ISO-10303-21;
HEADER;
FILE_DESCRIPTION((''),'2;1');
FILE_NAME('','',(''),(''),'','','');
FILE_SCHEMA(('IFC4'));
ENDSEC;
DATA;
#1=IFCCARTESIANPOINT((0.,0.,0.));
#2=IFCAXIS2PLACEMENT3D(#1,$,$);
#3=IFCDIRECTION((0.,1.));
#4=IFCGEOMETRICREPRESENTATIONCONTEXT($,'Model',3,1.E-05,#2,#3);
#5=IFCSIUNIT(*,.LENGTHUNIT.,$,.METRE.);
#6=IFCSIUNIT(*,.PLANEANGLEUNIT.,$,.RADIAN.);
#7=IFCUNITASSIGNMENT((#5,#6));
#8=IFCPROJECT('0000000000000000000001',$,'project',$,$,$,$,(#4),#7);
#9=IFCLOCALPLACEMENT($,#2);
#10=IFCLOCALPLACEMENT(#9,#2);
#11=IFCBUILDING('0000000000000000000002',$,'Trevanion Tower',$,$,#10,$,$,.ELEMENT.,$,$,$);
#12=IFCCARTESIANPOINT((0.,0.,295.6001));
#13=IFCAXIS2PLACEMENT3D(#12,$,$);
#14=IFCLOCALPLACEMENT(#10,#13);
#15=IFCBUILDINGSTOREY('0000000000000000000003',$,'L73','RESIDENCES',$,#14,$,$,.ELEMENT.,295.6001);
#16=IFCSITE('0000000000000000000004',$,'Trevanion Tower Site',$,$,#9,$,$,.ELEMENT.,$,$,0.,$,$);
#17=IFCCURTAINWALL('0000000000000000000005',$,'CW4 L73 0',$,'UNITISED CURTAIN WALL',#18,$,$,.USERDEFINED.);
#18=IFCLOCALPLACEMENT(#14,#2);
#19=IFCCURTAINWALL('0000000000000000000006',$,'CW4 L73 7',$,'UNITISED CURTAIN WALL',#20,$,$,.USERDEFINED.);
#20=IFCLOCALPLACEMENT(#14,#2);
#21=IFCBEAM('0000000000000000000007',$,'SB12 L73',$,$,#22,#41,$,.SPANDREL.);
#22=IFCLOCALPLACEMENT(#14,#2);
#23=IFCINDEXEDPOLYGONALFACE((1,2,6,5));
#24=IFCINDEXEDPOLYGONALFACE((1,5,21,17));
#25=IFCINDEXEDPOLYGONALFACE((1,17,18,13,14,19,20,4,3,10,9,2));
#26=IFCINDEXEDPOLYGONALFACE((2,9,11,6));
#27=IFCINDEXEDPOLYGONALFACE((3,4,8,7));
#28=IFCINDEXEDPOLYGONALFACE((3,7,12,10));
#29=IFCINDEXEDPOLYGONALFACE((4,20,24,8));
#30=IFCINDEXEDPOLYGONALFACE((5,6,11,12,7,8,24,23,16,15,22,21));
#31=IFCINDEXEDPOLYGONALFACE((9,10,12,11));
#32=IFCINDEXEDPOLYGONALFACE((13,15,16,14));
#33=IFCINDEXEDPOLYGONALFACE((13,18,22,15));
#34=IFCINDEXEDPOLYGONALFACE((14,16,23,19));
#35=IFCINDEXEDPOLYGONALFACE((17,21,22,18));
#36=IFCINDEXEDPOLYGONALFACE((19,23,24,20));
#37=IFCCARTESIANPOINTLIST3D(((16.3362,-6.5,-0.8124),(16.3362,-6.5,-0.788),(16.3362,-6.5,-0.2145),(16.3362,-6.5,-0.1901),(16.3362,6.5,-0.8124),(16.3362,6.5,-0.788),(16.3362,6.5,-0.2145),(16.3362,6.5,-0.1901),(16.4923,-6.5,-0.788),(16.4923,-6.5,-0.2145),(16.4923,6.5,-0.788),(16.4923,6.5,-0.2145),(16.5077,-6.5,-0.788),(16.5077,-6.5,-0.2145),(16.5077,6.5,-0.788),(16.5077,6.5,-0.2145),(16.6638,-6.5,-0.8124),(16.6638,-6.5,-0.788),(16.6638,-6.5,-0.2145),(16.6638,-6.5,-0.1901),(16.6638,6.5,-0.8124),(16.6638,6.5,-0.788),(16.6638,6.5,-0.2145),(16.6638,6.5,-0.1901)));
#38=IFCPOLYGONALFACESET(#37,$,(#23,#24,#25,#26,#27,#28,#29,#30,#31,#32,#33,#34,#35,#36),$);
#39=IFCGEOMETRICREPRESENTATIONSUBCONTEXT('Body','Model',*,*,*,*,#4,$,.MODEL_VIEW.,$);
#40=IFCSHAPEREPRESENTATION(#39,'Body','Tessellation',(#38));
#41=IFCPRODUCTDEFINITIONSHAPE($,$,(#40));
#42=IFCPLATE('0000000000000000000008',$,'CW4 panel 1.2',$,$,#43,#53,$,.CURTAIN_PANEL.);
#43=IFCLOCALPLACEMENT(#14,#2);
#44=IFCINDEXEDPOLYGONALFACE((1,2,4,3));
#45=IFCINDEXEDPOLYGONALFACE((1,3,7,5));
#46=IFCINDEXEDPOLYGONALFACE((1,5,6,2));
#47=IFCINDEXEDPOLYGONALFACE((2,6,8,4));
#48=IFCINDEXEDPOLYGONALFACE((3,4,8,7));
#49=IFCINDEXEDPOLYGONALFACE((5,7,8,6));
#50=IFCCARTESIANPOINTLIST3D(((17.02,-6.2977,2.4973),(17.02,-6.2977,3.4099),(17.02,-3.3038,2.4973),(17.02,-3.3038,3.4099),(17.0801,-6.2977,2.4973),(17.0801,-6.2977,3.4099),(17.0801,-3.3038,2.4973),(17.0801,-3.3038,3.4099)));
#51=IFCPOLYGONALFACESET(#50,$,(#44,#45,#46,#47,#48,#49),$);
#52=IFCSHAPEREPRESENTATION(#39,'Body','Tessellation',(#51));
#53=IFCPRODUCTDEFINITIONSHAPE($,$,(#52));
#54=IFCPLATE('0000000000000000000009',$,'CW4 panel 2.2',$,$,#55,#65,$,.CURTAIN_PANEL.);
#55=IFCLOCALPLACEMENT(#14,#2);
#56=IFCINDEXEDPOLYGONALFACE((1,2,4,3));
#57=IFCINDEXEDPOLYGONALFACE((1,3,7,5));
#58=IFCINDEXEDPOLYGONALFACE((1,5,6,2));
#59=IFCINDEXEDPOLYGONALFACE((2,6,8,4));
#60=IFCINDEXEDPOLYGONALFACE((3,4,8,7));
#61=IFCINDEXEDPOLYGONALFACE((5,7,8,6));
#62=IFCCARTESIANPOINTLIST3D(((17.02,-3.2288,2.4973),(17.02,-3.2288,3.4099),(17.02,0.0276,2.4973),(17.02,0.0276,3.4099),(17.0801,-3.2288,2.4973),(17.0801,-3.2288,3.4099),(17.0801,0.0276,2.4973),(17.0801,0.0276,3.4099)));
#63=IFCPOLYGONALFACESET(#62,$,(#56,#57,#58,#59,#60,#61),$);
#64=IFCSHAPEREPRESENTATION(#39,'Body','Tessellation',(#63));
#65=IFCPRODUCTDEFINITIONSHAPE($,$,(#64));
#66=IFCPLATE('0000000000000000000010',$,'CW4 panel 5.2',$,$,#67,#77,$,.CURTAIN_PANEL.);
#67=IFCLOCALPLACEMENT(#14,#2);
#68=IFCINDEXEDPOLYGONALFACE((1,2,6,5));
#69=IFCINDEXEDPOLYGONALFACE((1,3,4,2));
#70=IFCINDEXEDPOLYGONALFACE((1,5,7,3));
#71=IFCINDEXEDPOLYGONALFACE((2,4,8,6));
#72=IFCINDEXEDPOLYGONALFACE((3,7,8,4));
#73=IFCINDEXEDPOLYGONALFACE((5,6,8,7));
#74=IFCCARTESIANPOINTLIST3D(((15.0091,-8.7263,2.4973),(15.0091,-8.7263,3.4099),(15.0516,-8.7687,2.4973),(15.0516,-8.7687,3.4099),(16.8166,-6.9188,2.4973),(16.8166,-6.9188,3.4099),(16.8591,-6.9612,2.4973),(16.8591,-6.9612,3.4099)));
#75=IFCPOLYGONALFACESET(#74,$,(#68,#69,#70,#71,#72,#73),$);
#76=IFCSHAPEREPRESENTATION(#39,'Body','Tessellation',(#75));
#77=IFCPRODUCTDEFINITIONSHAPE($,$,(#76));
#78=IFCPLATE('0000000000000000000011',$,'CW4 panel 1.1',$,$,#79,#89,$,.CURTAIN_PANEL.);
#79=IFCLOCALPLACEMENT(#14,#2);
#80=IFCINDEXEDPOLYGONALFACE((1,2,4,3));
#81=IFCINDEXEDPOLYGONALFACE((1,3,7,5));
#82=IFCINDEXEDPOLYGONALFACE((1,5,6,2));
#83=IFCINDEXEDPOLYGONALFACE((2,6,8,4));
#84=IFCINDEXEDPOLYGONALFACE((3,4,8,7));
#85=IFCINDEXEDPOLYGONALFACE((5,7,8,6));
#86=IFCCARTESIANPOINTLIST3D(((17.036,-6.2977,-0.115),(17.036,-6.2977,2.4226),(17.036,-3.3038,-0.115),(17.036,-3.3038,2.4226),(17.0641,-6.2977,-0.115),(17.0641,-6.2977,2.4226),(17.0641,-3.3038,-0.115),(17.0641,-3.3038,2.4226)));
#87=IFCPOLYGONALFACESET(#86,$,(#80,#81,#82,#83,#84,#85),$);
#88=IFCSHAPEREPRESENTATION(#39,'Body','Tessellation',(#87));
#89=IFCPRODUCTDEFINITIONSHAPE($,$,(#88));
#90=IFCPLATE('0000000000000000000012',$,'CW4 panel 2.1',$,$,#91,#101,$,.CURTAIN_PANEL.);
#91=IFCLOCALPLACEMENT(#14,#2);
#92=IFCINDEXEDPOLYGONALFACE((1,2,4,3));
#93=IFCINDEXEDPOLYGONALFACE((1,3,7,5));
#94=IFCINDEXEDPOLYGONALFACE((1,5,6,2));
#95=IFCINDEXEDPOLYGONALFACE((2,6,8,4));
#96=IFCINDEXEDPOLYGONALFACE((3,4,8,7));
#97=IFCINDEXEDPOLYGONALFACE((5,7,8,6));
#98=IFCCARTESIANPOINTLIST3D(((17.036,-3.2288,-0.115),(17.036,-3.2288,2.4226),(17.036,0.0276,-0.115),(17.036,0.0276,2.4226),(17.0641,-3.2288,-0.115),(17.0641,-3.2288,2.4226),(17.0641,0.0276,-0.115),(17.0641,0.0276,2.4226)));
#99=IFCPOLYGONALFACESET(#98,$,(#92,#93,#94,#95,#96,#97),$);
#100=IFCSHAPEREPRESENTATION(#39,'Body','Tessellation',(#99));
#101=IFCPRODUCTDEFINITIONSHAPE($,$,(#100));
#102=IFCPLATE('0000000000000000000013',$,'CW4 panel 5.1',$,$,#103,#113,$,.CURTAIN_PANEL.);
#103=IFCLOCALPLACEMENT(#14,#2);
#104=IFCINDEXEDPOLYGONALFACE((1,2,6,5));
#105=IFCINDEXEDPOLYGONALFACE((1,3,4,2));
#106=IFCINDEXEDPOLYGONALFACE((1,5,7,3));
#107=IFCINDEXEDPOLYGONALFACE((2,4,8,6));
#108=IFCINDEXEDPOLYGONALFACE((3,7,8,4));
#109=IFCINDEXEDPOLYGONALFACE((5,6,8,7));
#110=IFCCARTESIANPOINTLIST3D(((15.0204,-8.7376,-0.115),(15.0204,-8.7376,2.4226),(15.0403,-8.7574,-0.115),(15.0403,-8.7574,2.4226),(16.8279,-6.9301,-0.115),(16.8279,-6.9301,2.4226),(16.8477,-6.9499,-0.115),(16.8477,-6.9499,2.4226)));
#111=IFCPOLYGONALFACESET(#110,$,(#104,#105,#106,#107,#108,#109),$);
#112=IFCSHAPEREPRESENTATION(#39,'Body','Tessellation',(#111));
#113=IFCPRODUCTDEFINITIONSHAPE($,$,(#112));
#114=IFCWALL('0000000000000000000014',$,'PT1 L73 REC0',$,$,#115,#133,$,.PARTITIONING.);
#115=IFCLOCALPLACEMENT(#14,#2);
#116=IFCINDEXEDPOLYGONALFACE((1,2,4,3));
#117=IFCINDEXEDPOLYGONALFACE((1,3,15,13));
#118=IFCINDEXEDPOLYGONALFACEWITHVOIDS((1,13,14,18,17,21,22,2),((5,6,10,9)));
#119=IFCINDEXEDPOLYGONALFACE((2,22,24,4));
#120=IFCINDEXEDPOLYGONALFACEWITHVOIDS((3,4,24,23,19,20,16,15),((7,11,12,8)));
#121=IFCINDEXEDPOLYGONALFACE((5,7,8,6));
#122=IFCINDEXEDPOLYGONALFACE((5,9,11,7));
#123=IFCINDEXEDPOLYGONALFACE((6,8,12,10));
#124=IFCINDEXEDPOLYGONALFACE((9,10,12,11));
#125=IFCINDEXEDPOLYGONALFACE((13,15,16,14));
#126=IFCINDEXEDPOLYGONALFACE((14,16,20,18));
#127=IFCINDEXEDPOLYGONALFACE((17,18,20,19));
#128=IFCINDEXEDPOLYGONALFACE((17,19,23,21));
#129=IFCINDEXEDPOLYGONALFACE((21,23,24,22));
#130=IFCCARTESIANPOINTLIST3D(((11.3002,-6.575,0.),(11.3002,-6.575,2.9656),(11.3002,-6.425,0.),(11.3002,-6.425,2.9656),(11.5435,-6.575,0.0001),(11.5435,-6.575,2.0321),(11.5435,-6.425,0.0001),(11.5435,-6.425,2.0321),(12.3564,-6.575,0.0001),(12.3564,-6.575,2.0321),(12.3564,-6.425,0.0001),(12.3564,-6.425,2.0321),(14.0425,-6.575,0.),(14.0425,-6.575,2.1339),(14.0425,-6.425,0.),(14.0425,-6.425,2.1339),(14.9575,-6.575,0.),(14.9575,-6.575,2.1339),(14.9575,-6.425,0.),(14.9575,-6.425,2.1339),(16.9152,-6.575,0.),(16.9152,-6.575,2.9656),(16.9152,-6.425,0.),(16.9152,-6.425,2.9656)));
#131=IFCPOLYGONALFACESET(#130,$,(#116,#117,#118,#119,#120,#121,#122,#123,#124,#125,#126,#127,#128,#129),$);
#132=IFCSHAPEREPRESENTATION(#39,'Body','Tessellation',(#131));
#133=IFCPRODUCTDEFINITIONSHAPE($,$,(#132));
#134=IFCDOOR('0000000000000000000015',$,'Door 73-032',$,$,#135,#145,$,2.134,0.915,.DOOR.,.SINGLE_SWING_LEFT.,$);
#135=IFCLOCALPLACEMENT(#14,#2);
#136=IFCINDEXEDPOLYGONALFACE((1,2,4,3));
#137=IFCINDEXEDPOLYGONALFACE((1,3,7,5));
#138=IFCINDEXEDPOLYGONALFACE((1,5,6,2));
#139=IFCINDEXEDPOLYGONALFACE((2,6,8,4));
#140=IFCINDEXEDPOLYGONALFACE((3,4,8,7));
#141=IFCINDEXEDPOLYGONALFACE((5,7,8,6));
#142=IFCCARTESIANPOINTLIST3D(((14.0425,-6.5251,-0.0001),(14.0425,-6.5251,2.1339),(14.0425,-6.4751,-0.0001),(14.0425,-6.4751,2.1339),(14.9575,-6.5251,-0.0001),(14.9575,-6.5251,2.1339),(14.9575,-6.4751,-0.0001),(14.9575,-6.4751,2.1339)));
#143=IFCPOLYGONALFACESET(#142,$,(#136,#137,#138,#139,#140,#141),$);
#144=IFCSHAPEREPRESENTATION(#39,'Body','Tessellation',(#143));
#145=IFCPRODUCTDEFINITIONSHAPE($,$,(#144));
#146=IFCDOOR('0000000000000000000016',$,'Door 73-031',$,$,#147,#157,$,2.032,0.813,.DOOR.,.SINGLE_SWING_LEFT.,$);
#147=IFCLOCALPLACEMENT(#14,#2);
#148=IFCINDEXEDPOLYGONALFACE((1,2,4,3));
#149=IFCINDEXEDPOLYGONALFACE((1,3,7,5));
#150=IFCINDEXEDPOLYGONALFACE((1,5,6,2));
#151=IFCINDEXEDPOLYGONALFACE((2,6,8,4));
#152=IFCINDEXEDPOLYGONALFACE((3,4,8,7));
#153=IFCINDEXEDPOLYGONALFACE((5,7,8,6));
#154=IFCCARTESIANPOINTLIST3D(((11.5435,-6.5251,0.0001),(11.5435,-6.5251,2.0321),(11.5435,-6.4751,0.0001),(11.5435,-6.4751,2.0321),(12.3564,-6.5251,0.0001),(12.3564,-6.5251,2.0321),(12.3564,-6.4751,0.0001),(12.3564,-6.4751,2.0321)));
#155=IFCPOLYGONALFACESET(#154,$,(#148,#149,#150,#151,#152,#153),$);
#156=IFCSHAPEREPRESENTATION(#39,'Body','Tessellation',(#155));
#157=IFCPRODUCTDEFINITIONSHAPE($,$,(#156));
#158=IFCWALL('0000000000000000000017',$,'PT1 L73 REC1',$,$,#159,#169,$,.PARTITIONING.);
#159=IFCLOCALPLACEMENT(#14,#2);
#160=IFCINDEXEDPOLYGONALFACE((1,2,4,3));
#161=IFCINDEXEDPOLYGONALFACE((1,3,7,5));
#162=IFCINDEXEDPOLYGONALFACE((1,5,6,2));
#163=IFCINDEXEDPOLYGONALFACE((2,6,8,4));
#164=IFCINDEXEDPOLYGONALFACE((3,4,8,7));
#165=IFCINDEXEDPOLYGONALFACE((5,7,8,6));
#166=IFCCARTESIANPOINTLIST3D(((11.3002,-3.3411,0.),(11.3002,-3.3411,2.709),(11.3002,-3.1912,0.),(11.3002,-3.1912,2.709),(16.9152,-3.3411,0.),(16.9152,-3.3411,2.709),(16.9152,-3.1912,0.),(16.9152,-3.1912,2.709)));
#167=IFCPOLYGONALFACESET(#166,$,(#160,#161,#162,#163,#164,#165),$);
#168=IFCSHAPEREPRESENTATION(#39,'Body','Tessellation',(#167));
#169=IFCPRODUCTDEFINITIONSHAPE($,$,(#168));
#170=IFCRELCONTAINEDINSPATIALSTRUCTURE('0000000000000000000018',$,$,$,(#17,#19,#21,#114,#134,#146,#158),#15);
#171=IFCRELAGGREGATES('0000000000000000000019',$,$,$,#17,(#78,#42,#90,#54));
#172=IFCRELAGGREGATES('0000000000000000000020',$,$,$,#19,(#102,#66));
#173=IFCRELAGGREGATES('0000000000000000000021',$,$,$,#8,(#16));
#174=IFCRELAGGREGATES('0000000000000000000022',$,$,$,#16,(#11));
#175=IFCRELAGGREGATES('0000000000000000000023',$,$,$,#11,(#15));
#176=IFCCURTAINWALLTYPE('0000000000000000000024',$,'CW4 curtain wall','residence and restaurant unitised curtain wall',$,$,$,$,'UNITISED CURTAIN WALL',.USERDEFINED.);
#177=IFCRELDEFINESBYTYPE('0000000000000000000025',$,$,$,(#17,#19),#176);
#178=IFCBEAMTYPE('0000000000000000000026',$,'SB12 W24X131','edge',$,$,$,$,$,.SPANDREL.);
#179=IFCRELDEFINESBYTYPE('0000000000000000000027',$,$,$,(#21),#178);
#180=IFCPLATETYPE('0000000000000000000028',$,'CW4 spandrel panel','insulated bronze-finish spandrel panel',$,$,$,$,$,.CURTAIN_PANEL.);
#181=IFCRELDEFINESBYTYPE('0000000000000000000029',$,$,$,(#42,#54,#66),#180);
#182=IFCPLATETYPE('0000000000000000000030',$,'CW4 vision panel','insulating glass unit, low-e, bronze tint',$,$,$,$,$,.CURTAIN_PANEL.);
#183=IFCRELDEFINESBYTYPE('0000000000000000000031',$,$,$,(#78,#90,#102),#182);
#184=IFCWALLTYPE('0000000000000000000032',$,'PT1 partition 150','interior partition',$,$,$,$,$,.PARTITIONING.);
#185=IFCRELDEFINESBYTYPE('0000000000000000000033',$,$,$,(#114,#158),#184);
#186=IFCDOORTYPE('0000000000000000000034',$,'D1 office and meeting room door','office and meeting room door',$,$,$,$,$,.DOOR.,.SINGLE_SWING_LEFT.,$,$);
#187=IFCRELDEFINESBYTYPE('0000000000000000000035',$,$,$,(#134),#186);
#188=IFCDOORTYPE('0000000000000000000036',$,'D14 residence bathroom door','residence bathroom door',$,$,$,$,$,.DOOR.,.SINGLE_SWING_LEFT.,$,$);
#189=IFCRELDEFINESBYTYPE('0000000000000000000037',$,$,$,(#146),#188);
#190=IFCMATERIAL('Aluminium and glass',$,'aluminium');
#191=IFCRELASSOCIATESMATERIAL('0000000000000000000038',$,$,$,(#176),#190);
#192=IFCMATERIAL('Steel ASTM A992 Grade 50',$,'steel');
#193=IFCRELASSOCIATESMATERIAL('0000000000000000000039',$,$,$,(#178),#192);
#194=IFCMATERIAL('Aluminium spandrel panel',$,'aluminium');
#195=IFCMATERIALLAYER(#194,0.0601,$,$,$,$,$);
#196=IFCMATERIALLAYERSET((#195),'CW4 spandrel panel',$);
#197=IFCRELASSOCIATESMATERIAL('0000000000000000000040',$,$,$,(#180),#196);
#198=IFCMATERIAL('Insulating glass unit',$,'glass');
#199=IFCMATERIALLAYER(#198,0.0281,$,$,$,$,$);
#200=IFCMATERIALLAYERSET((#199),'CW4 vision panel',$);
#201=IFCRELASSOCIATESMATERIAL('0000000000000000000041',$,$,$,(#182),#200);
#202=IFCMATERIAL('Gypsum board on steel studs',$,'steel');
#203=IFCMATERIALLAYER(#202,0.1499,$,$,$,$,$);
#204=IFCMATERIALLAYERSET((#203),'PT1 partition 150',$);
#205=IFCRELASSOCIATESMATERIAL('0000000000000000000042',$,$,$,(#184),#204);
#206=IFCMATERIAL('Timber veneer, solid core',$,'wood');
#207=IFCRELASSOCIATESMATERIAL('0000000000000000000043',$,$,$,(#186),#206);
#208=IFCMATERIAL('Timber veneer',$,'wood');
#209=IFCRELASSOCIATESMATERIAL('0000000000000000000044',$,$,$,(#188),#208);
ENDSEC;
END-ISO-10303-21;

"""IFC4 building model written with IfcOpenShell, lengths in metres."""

from ifc_helpers import new_model, si_unit, direction, frame, frame_2d, origin, origin_2d, place, context, subcontext, project, spatial, rectangle, i_section, extrude, material, layer, layer_set, material_profile, profile_set, type_object, element, fill, aggregate, save


model = new_model("IFC4")

# Units and contexts
model_context = context("Model", 3, precision=1e-05, world=origin(), true_north=direction((0.0, 1.0)))
body_context = subcontext(model_context, "Body", "Model", "MODEL_VIEW")
ifc_project = project(units=[si_unit("LENGTHUNIT", "METRE"), si_unit("PLANEANGLEUNIT", "RADIAN")], contexts=[model_context])

# Site, building, storey
site_placement = place(None, origin())
site = spatial("IfcSite", under=ifc_project, at=site_placement, Name="Trevanion Tower Site", CompositionType="ELEMENT", RefElevation=0.0)
building_placement = place(site_placement, origin())
building = spatial("IfcBuilding", under=site, at=building_placement, Name="Trevanion Tower", CompositionType="ELEMENT")
storey_placement = place(building_placement, frame((0.0, 0.0, 295.6001)))
storey = spatial("IfcBuildingStorey", under=building, at=storey_placement, Name="L73", Description="RESIDENCES", CompositionType="ELEMENT", Elevation=295.6001)

# Curtain wall
ifc_material_1 = material(Name="Aluminium and glass", Category="aluminium")
curtain_wall_type = type_object("IfcCurtainWallType", Name="CW4 curtain wall", Description="residence and restaurant unitised curtain wall", ElementType="UNITISED CURTAIN WALL", PredefinedType="USERDEFINED", material=ifc_material_1)
curtain_wall_1_placement = place(storey_placement, origin())
curtain_wall_1 = element("IfcCurtainWall", 1, at=curtain_wall_1_placement, inside=storey, type_object=curtain_wall_type, Name="CW4 L73 0", ObjectType="UNITISED CURTAIN WALL", PredefinedType="USERDEFINED")

# Curtain wall
curtain_wall_2_placement = place(storey_placement, origin())
curtain_wall_2 = element("IfcCurtainWall", 2, at=curtain_wall_2_placement, inside=storey, type_object=curtain_wall_type, Name="CW4 L73 7", ObjectType="UNITISED CURTAIN WALL", PredefinedType="USERDEFINED")

# Beam
ifc_material_2 = material(Name="Steel ASTM A992 Grade 50", Category="steel")
ifc_material_profile_1 = material_profile(ifc_material_2, i_section(OverallWidth=0.3276, OverallDepth=0.6223, WebThickness=0.0154, FlangeThickness=0.0244, at=origin_2d()), Name="W24X131")
ifc_profile_set_1 = profile_set([ifc_material_profile_1], Name="Steel ASTM A992 Grade 50")
beam_type_1 = type_object("IfcBeamType", Name="SB12 W24X131", Description="edge", PredefinedType="SPANDREL", material=ifc_profile_set_1)
beam_1_placement = place(storey_placement, frame((16.5, -6.5, -0.5012), z_axis=(0.0, 1.0, 0.0), x_axis=(-1.0, 0.0, 0.0)))
element("IfcBeam", 3, at=beam_1_placement, inside=storey, type_object=beam_type_1, Name="SB12 L73", PredefinedType="SPANDREL", context=body_context, shape_type="SweptSolid", body=[
    extrude(i_section(OverallWidth=0.3276, OverallDepth=0.6223, WebThickness=0.0154, FlangeThickness=0.0244, at=origin_2d()), origin(), (0.0, 0.0, 1.0), 13.0),
])

# Plates
ifc_material_3 = material(Name="Aluminium spandrel panel", Category="aluminium")
ifc_layer_1 = layer(ifc_material_3, 0.0601)
ifc_layer_set_1 = layer_set([ifc_layer_1], Name="CW4 spandrel panel")
plate_type_1 = type_object("IfcPlateType", Name="CW4 spandrel panel", Description="insulated bronze-finish spandrel panel", PredefinedType="CURTAIN_PANEL", material=ifc_layer_set_1)
plate_1_placement = place(storey_placement, frame((17.05, -4.8008, 2.4973), z_axis=(0.0, 0.0, 1.0), x_axis=(0.0, 1.0, 0.0)))
plate_1 = element("IfcPlate", 4, at=plate_1_placement, type_object=plate_type_1, Name="CW4 panel 1.2", PredefinedType="CURTAIN_PANEL", context=body_context, shape_type="SweptSolid", body=[
    extrude(rectangle(XDim=2.9939, YDim=0.0601, at=origin_2d()), origin(), (0.0, 0.0, 1.0), 0.9126),
])
plate_2_placement = place(storey_placement, frame((17.05, -1.6006, 2.4973), z_axis=(0.0, 0.0, 1.0), x_axis=(0.0, 1.0, 0.0)))
plate_2 = element("IfcPlate", 5, at=plate_2_placement, type_object=plate_type_1, Name="CW4 panel 2.2", PredefinedType="CURTAIN_PANEL", context=body_context, shape_type="SweptSolid", body=[
    extrude(rectangle(XDim=3.2563, YDim=0.0601, at=origin_2d()), origin(), (0.0, 0.0, 1.0), 0.9126),
])
plate_3_placement = place(storey_placement, frame((15.9341, -7.8438, 2.4973), z_axis=(0.0, 0.0, 1.0), x_axis=(0.707107, 0.707107, 0.0)))
plate_3 = element("IfcPlate", 6, at=plate_3_placement, type_object=plate_type_1, Name="CW4 panel 5.2", PredefinedType="CURTAIN_PANEL", context=body_context, shape_type="SweptSolid", body=[
    extrude(rectangle(XDim=2.5562, YDim=0.0601, at=origin_2d()), origin(), (0.0, 0.0, 1.0), 0.9126),
])
ifc_material_4 = material(Name="Insulating glass unit", Category="glass")
ifc_layer_2 = layer(ifc_material_4, 0.0281)
ifc_layer_set_2 = layer_set([ifc_layer_2], Name="CW4 vision panel")
plate_type_2 = type_object("IfcPlateType", Name="CW4 vision panel", Description="insulating glass unit, low-e, bronze tint", PredefinedType="CURTAIN_PANEL", material=ifc_layer_set_2)
plate_4_placement = place(storey_placement, frame((17.05, -4.8008, -0.115), z_axis=(0.0, 0.0, 1.0), x_axis=(0.0, 1.0, 0.0)))
plate_4 = element("IfcPlate", 7, at=plate_4_placement, type_object=plate_type_2, Name="CW4 panel 1.1", PredefinedType="CURTAIN_PANEL", context=body_context, shape_type="SweptSolid", body=[
    extrude(rectangle(XDim=2.9939, YDim=0.0281, at=origin_2d()), origin(), (0.0, 0.0, 1.0), 2.5376),
])
plate_5_placement = place(storey_placement, frame((17.05, -1.6006, -0.115), z_axis=(0.0, 0.0, 1.0), x_axis=(0.0, 1.0, 0.0)))
plate_5 = element("IfcPlate", 8, at=plate_5_placement, type_object=plate_type_2, Name="CW4 panel 2.1", PredefinedType="CURTAIN_PANEL", context=body_context, shape_type="SweptSolid", body=[
    extrude(rectangle(XDim=3.2563, YDim=0.0281, at=origin_2d()), origin(), (0.0, 0.0, 1.0), 2.5376),
])
aggregate(curtain_wall_1, [plate_4, plate_1, plate_5, plate_2])
plate_6_placement = place(storey_placement, frame((15.9341, -7.8438, -0.115), z_axis=(0.0, 0.0, 1.0), x_axis=(0.707107, 0.707107, 0.0)))
plate_6 = element("IfcPlate", 9, at=plate_6_placement, type_object=plate_type_2, Name="CW4 panel 5.1", PredefinedType="CURTAIN_PANEL", context=body_context, shape_type="SweptSolid", body=[
    extrude(rectangle(XDim=2.5562, YDim=0.0281, at=origin_2d()), origin(), (0.0, 0.0, 1.0), 2.5376),
])
aggregate(curtain_wall_2, [plate_6, plate_3])

# Wall, openings, doors
ifc_material_5 = material(Name="Gypsum board on steel studs", Category="steel")
ifc_layer_3 = layer(ifc_material_5, 0.1499)
ifc_layer_set_3 = layer_set([ifc_layer_3], Name="PT1 partition 150")
wall_type = type_object("IfcWallType", Name="PT1 partition 150", Description="interior partition", PredefinedType="PARTITIONING", material=ifc_layer_set_3)
wall_1_placement = place(storey_placement, frame((11.3, -6.5, 0.0), z_axis=(0.0, 0.0, 1.0), x_axis=(1.0, 0.0, 0.0)))
wall_1 = element("IfcWall", 10, at=wall_1_placement, inside=storey, type_object=wall_type, Name="PT1 L73 REC0", PredefinedType="PARTITIONING", context=body_context, shape_type="SweptSolid", body=[
    extrude(rectangle(XDim=5.615, YDim=0.1499, at=frame_2d((2.8076, 0.0))), origin(), (0.0, 0.0, 1.0), 2.9656),
])
opening_1_placement = place(wall_1_placement, frame((0.2434, 0.0, 0.0)))
opening_1 = element("IfcOpeningElement", 11, at=opening_1_placement, cuts=wall_1, PredefinedType="OPENING", context=body_context, shape_type="SweptSolid", body=[
    extrude(rectangle(XDim=0.813, YDim=2.032, at=frame_2d((0.4065, 1.0161))), frame((0.0, 0.085, 0.0), z_axis=(0.0, -1.0, 0.0), x_axis=(1.0, 0.0, 0.0)), (0.0, 0.0, 1.0), 0.1699),
])
opening_2_placement = place(wall_1_placement, frame((2.7424, 0.0, 0.0)))
opening_2 = element("IfcOpeningElement", 12, at=opening_2_placement, cuts=wall_1, PredefinedType="OPENING", context=body_context, shape_type="SweptSolid", body=[
    extrude(rectangle(XDim=0.915, YDim=2.134, at=frame_2d((0.4575, 1.0669))), frame((0.0, 0.085, 0.0), z_axis=(0.0, -1.0, 0.0), x_axis=(1.0, 0.0, 0.0)), (0.0, 0.0, 1.0), 0.1699),
])
ifc_material_6 = material(Name="Timber veneer, solid core", Category="wood")
door_type_1 = type_object("IfcDoorType", Name="D1 office and meeting room door", Description="office and meeting room door", OperationType="SINGLE_SWING_LEFT", PredefinedType="DOOR", material=ifc_material_6)
door_1_placement = place(opening_2_placement, origin())
door_1 = element("IfcDoor", 13, at=door_1_placement, inside=storey, type_object=door_type_1, Name="Door 73-032", OperationType="SINGLE_SWING_LEFT", OverallHeight=2.134, OverallWidth=0.915, PredefinedType="DOOR", context=body_context, shape_type="SweptSolid", body=[
    extrude(rectangle(XDim=0.915, YDim=2.134, at=frame_2d((0.4575, 1.0669))), frame((0.0, 0.0249, 0.0), z_axis=(0.0, -1.0, 0.0), x_axis=(1.0, 0.0, 0.0)), (0.0, 0.0, 1.0), 0.05),
])
fill(opening_2, door_1)
ifc_material_7 = material(Name="Timber veneer", Category="wood")
door_type_2 = type_object("IfcDoorType", Name="D14 residence bathroom door", Description="residence bathroom door", OperationType="SINGLE_SWING_LEFT", PredefinedType="DOOR", material=ifc_material_7)
door_2_placement = place(opening_1_placement, origin())
door_2 = element("IfcDoor", 14, at=door_2_placement, inside=storey, type_object=door_type_2, Name="Door 73-031", OperationType="SINGLE_SWING_LEFT", OverallHeight=2.032, OverallWidth=0.813, PredefinedType="DOOR", context=body_context, shape_type="SweptSolid", body=[
    extrude(rectangle(XDim=0.813, YDim=2.032, at=frame_2d((0.4065, 1.0161))), frame((0.0, 0.0249, 0.0), z_axis=(0.0, -1.0, 0.0), x_axis=(1.0, 0.0, 0.0)), (0.0, 0.0, 1.0), 0.05),
])
fill(opening_1, door_2)

# Wall
wall_2_placement = place(storey_placement, frame((11.3, -3.2661, 0.0), z_axis=(0.0, 0.0, 1.0), x_axis=(1.0, 0.0, 0.0)))
element("IfcWall", 15, at=wall_2_placement, inside=storey, type_object=wall_type, Name="PT1 L73 REC1", PredefinedType="PARTITIONING", context=body_context, shape_type="SweptSolid", body=[
    extrude(rectangle(XDim=5.615, YDim=0.1499, at=frame_2d((2.8076, 0.0))), origin(), (0.0, 0.0, 1.0), 2.709),
])

save(model, "model.ifc")
